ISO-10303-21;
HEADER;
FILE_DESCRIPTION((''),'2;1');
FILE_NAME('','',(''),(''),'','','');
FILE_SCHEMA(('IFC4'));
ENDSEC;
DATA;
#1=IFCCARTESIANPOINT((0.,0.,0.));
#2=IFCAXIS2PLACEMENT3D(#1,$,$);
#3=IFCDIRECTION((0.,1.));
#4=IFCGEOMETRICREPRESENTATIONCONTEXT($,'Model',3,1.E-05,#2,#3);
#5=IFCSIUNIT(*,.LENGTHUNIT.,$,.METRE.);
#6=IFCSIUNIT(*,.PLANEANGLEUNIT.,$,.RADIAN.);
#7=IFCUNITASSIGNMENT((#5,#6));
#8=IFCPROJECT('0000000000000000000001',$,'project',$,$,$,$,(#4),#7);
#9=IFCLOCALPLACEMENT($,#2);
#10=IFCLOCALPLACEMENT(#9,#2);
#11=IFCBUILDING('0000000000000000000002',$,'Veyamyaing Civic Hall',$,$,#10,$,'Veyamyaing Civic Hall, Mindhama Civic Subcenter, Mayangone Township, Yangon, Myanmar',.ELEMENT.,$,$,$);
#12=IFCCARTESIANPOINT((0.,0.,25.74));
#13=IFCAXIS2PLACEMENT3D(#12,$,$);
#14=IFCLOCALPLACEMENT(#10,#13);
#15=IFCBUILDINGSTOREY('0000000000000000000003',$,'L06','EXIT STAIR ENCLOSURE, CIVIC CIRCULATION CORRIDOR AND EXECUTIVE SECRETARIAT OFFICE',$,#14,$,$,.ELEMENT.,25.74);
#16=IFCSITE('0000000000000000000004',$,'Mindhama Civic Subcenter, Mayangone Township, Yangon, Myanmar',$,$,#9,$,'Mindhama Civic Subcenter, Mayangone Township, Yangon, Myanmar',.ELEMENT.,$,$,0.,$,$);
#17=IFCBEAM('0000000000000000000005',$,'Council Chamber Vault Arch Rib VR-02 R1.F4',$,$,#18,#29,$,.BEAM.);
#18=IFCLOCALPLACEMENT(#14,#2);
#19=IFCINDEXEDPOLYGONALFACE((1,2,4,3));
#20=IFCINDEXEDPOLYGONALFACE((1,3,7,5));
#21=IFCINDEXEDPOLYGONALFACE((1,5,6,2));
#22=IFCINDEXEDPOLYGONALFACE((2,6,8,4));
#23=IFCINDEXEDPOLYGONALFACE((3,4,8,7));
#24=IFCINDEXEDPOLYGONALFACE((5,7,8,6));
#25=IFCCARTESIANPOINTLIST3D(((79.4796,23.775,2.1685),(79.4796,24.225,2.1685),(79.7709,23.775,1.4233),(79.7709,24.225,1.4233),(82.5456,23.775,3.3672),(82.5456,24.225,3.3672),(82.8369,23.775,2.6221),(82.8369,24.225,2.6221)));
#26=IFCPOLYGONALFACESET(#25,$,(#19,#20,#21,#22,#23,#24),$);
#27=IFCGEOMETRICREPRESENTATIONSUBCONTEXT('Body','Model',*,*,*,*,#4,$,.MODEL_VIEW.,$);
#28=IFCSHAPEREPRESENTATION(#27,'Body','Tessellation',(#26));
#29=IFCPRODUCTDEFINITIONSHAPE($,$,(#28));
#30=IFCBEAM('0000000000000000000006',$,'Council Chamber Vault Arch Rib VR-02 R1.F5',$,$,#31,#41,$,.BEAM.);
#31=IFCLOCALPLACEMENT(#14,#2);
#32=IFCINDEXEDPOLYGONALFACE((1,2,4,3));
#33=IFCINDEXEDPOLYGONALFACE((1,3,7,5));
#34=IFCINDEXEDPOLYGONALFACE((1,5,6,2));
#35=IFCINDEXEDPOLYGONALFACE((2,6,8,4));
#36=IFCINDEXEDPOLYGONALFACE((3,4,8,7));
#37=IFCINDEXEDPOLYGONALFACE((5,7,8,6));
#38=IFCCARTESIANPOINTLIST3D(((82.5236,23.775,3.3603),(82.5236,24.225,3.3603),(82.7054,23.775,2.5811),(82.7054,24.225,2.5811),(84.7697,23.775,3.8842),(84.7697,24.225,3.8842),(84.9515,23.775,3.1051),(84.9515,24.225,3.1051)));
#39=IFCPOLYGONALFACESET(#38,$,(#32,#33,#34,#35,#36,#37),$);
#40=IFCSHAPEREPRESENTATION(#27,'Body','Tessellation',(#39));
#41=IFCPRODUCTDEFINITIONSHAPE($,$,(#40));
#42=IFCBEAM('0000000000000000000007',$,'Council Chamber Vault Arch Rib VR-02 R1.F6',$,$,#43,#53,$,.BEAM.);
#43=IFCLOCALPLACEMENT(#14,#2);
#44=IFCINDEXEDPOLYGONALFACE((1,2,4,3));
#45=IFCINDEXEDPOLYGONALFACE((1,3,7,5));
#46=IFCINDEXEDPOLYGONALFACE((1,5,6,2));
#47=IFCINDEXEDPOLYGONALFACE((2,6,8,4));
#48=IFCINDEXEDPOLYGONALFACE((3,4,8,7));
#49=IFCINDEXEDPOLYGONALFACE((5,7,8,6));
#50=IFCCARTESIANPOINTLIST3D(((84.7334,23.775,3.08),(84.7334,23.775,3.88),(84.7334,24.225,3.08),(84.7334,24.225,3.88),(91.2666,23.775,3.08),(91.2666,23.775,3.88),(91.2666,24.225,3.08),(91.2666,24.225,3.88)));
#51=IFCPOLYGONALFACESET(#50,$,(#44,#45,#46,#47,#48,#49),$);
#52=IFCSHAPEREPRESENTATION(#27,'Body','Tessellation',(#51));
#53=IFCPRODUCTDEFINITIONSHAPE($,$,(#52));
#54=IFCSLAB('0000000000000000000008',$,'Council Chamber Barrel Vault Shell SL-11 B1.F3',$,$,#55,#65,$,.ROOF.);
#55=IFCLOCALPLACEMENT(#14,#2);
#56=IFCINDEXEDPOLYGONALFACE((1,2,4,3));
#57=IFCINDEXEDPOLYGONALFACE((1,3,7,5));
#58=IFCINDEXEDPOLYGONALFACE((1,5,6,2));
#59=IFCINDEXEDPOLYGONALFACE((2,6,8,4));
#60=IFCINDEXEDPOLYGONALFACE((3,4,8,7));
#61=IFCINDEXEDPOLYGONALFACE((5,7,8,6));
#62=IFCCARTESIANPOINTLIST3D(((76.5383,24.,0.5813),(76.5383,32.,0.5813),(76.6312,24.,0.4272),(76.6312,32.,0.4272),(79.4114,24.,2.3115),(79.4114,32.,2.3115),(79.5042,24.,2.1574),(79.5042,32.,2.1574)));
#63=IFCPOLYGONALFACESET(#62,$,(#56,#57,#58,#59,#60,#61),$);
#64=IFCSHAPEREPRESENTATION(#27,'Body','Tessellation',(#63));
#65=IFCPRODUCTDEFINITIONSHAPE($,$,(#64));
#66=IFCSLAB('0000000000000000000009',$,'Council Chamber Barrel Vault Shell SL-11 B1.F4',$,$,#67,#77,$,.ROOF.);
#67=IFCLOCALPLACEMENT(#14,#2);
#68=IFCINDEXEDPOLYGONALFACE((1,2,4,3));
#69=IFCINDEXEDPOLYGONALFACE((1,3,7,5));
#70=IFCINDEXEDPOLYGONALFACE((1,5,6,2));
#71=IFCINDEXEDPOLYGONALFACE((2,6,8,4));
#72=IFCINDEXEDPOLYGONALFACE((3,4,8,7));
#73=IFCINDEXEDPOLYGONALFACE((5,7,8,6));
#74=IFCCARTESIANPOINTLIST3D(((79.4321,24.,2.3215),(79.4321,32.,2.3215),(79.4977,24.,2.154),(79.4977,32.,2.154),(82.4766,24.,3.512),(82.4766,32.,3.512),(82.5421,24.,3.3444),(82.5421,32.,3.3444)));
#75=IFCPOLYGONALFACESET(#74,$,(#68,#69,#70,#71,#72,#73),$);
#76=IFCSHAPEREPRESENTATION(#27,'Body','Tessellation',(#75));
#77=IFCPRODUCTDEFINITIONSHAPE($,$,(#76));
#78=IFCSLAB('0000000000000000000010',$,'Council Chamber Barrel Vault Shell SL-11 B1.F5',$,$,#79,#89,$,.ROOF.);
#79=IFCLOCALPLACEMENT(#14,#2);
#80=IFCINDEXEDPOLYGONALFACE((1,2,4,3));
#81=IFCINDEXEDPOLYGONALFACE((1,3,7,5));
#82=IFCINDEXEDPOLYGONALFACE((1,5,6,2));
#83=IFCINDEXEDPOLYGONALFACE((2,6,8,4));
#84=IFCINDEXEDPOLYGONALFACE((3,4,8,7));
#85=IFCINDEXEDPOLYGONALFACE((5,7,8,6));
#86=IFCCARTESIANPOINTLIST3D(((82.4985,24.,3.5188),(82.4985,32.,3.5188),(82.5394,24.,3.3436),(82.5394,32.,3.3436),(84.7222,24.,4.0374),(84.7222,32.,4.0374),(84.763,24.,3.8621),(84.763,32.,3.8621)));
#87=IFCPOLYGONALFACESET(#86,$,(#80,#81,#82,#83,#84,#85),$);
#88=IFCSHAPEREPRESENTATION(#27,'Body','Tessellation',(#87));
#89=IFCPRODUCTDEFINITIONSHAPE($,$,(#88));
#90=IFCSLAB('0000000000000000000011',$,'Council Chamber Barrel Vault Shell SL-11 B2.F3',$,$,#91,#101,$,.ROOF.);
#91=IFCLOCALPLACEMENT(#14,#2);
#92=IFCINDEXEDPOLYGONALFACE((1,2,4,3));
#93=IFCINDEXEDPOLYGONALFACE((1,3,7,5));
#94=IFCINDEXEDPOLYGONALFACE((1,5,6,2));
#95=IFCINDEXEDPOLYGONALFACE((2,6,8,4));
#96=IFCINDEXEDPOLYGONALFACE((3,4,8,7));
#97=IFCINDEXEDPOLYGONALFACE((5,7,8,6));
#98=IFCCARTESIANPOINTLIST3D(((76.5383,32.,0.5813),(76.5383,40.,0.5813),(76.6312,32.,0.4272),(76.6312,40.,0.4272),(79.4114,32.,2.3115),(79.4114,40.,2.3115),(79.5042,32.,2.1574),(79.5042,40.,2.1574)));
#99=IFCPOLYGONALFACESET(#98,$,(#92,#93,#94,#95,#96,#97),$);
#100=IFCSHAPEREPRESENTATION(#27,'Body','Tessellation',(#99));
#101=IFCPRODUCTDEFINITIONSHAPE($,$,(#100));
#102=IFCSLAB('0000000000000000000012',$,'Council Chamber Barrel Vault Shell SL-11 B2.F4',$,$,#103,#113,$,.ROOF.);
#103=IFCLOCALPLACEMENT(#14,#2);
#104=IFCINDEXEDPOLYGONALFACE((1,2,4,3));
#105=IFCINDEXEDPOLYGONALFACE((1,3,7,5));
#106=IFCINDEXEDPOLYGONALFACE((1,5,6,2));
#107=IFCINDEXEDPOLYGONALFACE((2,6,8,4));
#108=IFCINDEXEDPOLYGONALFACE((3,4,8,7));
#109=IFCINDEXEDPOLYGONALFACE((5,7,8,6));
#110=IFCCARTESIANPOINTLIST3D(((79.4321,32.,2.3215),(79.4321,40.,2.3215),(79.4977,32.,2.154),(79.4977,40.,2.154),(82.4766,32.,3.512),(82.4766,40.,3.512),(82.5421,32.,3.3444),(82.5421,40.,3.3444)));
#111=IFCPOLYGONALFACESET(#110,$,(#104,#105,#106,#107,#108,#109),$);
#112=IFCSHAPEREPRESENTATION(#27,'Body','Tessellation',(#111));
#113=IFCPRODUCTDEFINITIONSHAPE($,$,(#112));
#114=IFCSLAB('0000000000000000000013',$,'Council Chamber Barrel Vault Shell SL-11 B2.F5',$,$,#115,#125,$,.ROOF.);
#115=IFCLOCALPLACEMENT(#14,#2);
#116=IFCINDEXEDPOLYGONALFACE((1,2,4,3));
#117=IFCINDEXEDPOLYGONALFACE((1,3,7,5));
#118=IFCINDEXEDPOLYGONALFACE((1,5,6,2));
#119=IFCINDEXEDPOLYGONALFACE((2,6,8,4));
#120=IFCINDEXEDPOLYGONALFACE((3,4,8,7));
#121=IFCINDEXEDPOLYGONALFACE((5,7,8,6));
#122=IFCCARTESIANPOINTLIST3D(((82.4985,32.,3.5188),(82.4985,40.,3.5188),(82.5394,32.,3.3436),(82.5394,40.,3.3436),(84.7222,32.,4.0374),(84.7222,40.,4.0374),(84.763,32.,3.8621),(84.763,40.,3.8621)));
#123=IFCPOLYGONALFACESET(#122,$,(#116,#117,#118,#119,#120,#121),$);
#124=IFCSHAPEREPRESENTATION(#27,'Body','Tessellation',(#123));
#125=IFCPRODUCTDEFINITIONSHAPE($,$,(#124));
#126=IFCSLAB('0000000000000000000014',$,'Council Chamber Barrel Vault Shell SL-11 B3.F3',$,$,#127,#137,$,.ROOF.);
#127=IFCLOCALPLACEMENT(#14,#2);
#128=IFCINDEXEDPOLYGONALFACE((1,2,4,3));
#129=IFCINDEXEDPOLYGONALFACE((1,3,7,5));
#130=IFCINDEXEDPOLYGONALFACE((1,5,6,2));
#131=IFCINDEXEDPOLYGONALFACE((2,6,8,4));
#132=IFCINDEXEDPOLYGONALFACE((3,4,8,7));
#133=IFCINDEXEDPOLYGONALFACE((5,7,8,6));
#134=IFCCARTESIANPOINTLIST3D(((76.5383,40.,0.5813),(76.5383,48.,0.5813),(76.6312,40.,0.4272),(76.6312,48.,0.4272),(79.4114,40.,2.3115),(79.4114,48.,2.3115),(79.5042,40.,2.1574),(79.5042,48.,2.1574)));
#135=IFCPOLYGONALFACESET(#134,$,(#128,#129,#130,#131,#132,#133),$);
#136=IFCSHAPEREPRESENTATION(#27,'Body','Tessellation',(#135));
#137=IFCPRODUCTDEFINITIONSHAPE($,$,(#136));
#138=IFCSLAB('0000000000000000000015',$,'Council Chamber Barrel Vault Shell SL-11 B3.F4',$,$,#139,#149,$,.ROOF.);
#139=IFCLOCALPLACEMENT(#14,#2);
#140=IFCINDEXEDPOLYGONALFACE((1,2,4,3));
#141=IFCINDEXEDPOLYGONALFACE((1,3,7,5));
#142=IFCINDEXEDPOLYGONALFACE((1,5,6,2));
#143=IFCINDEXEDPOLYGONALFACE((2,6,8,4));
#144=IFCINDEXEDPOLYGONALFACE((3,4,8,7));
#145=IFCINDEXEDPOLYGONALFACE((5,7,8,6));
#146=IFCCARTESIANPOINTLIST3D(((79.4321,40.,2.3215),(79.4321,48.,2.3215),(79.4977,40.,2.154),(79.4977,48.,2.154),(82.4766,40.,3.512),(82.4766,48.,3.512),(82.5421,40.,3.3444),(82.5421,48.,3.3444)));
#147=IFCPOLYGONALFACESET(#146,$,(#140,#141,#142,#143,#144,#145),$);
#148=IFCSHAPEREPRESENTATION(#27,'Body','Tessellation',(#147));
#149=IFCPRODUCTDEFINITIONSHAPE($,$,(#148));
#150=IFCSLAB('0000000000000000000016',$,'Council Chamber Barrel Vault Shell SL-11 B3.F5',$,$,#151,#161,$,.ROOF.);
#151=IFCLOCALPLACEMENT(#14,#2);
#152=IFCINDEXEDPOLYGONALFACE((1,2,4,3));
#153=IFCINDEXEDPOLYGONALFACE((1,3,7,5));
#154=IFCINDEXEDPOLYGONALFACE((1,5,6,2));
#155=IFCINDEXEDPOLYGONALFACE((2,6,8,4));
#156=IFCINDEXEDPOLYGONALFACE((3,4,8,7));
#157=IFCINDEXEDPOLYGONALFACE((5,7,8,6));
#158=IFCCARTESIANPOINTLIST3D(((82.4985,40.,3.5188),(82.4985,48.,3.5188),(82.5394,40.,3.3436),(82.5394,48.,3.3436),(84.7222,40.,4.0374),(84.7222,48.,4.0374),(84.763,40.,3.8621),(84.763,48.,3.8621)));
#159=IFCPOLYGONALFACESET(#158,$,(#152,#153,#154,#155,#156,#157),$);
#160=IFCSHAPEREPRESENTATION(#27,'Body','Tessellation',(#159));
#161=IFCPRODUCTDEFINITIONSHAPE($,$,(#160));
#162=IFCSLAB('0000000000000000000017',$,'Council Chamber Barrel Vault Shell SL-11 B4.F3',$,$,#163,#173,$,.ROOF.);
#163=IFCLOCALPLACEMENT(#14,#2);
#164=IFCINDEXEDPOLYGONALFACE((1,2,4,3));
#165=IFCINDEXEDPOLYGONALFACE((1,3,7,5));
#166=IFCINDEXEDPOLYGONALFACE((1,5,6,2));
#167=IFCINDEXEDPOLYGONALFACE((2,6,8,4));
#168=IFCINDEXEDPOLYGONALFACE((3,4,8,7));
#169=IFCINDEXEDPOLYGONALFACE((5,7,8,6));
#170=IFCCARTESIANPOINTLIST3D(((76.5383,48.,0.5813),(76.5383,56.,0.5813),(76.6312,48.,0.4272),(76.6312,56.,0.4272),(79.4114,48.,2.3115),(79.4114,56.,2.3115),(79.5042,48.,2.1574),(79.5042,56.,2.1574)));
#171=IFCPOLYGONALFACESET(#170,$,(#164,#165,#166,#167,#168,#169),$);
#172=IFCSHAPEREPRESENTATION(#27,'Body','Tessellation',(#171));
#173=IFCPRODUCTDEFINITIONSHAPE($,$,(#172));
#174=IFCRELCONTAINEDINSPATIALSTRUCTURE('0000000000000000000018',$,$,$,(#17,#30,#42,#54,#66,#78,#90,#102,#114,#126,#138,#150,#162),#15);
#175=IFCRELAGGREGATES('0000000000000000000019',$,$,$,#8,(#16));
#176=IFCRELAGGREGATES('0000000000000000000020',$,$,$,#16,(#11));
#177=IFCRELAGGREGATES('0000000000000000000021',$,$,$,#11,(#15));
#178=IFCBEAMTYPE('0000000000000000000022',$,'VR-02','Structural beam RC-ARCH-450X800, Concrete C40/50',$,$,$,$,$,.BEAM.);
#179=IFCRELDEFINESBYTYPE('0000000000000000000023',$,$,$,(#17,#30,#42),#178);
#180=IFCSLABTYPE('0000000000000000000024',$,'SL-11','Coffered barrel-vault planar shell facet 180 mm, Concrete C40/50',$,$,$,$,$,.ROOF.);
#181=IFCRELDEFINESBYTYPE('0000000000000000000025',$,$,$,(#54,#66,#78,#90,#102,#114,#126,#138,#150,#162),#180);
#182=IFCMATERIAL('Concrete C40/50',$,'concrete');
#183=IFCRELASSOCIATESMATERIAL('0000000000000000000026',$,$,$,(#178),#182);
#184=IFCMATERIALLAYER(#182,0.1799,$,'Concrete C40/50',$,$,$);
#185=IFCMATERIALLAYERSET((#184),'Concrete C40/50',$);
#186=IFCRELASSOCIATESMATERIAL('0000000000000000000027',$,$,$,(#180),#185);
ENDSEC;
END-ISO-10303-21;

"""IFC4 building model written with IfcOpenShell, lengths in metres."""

from ifc_helpers import new_model, si_unit, direction, frame, origin, origin_2d, place, context, subcontext, project, spatial, polyline, rectangle, outline, extrude, material, layer, layer_set, material_profile, profile_set, type_object, element, save


model = new_model("IFC4")

# Units and contexts
model_context = context("Model", 3, precision=1e-05, world=origin(), true_north=direction((0.0, 1.0)))
body_context = subcontext(model_context, "Body", "Model", "MODEL_VIEW")
ifc_project = project(units=[si_unit("LENGTHUNIT", "METRE"), si_unit("PLANEANGLEUNIT", "RADIAN")], contexts=[model_context])

# Site, building, storey
site_placement = place(None, origin())
site = spatial("IfcSite", under=ifc_project, at=site_placement, Name="Mindhama Civic Subcenter, Mayangone Township, Yangon, Myanmar", LongName="Mindhama Civic Subcenter, Mayangone Township, Yangon, Myanmar", CompositionType="ELEMENT", RefElevation=0.0)
building_placement = place(site_placement, origin())
building = spatial("IfcBuilding", under=site, at=building_placement, Name="Veyamyaing Civic Hall", LongName="Veyamyaing Civic Hall, Mindhama Civic Subcenter, Mayangone Township, Yangon, Myanmar", CompositionType="ELEMENT")
storey_placement = place(building_placement, frame((0.0, 0.0, 25.74)))
storey = spatial("IfcBuildingStorey", under=building, at=storey_placement, Name="L06", Description="EXIT STAIR ENCLOSURE, CIVIC CIRCULATION CORRIDOR AND EXECUTIVE SECRETARIAT OFFICE", CompositionType="ELEMENT", Elevation=25.74)

# Beams
ifc_material = material(Name="Concrete C40/50", Category="concrete")
ifc_material_profile_1 = material_profile(ifc_material, rectangle(XDim=0.45, YDim=0.8, at=origin_2d()), Name="RC-ARCH-450X800")
ifc_profile_set_1 = profile_set([ifc_material_profile_1], Name="Concrete C40/50")
beam_type_1 = type_object("IfcBeamType", Name="VR-02", Description="Structural beam RC-ARCH-450X800, Concrete C40/50", PredefinedType="BEAM", material=ifc_profile_set_1)
beam_1_placement = place(storey_placement, frame((79.6252, 24.0, 1.7959), z_axis=(0.931343, 0.0, 0.364142), x_axis=(0.0, 1.0, 0.0)))
element("IfcBeam", 1, at=beam_1_placement, inside=storey, type_object=beam_type_1, Name="Council Chamber Vault Arch Rib VR-02 R1.F4", PredefinedType="BEAM", context=body_context, shape_type="SweptSolid", body=[
    extrude(rectangle(XDim=0.45, YDim=0.8, at=origin_2d()), origin(), (0.0, 0.0, 1.0), 3.292),
])
beam_2_placement = place(storey_placement, frame((82.6145, 24.0, 2.9707), z_axis=(0.973857, 0.0, 0.227163), x_axis=(0.0, 1.0, 0.0)))
element("IfcBeam", 2, at=beam_2_placement, inside=storey, type_object=beam_type_1, Name="Council Chamber Vault Arch Rib VR-02 R1.F5", PredefinedType="BEAM", context=body_context, shape_type="SweptSolid", body=[
    extrude(rectangle(XDim=0.45, YDim=0.8, at=origin_2d()), origin(), (0.0, 0.0, 1.0), 2.3064),
])
beam_3_placement = place(storey_placement, frame((84.7334, 24.0, 3.48), z_axis=(1.0, 0.0, 0.0), x_axis=(0.0, 1.0, 0.0)))
element("IfcBeam", 3, at=beam_3_placement, inside=storey, type_object=beam_type_1, Name="Council Chamber Vault Arch Rib VR-02 R1.F6", PredefinedType="BEAM", context=body_context, shape_type="SweptSolid", body=[
    extrude(rectangle(XDim=0.45, YDim=0.8, at=origin_2d()), origin(), (0.0, 0.0, 1.0), 6.5332),
])

# Slabs
ifc_layer = layer(ifc_material, 0.1799, Name="Concrete C40/50")
ifc_layer_set = layer_set([ifc_layer], Name="Concrete C40/50")
slab_type = type_object("IfcSlabType", Name="SL-11", Description="Coffered barrel-vault planar shell facet 180 mm, Concrete C40/50", PredefinedType="ROOF", material=ifc_layer_set)
slab_1_placement = place(storey_placement, frame((76.5383, 24.0, 0.5813), z_axis=(-0.515897, 0.0, 0.85665), x_axis=(0.85665, 0.0, 0.515897)))
element("IfcSlab", 4, at=slab_1_placement, inside=storey, type_object=slab_type, Name="Council Chamber Barrel Vault Shell SL-11 B1.F3", PredefinedType="ROOF", context=body_context, shape_type="SweptSolid", body=[
    extrude(outline(polyline([(0.0, 0.0), (3.3538, 0.0), (3.3538, 8.0), (0.0, 8.0), (0.0, 0.0)])), origin(), (0.0, 0.0, -1.0), 0.1799),
])
slab_2_placement = place(storey_placement, frame((79.4321, 24.0, 2.3215), z_axis=(-0.364168, 0.0, 0.931333), x_axis=(0.931333, 0.0, 0.364168)))
element("IfcSlab", 5, at=slab_2_placement, inside=storey, type_object=slab_type, Name="Council Chamber Barrel Vault Shell SL-11 B1.F4", PredefinedType="ROOF", context=body_context, shape_type="SweptSolid", body=[
    extrude(outline(polyline([(0.0, 0.0), (3.2689, 0.0), (3.2689, 8.0), (0.0, 8.0), (0.0, 0.0)])), origin(), (0.0, 0.0, -1.0), 0.1799),
])
slab_3_placement = place(storey_placement, frame((82.4985, 24.0, 3.5188), z_axis=(-0.227108, 0.0, 0.97387), x_axis=(0.97387, 0.0, 0.227108)))
element("IfcSlab", 6, at=slab_3_placement, inside=storey, type_object=slab_type, Name="Council Chamber Barrel Vault Shell SL-11 B1.F5", PredefinedType="ROOF", context=body_context, shape_type="SweptSolid", body=[
    extrude(outline(polyline([(0.0, 0.0), (2.2833, 0.0), (2.2833, 8.0), (0.0, 8.0), (0.0, 0.0)])), origin(), (0.0, 0.0, -1.0), 0.1799),
])
slab_4_placement = place(storey_placement, frame((76.5383, 32.0, 0.5813), z_axis=(-0.515897, 0.0, 0.85665), x_axis=(0.85665, 0.0, 0.515897)))
element("IfcSlab", 7, at=slab_4_placement, inside=storey, type_object=slab_type, Name="Council Chamber Barrel Vault Shell SL-11 B2.F3", PredefinedType="ROOF", context=body_context, shape_type="SweptSolid", body=[
    extrude(outline(polyline([(0.0, 0.0), (3.3538, 0.0), (3.3538, 8.0), (0.0, 8.0), (0.0, 0.0)])), origin(), (0.0, 0.0, -1.0), 0.1799),
])
slab_5_placement = place(storey_placement, frame((79.4321, 32.0, 2.3215), z_axis=(-0.364168, 0.0, 0.931333), x_axis=(0.931333, 0.0, 0.364168)))
element("IfcSlab", 8, at=slab_5_placement, inside=storey, type_object=slab_type, Name="Council Chamber Barrel Vault Shell SL-11 B2.F4", PredefinedType="ROOF", context=body_context, shape_type="SweptSolid", body=[
    extrude(outline(polyline([(0.0, 0.0), (3.2689, 0.0), (3.2689, 8.0), (0.0, 8.0), (0.0, 0.0)])), origin(), (0.0, 0.0, -1.0), 0.1799),
])
slab_6_placement = place(storey_placement, frame((82.4985, 32.0, 3.5188), z_axis=(-0.227108, 0.0, 0.97387), x_axis=(0.97387, 0.0, 0.227108)))
element("IfcSlab", 9, at=slab_6_placement, inside=storey, type_object=slab_type, Name="Council Chamber Barrel Vault Shell SL-11 B2.F5", PredefinedType="ROOF", context=body_context, shape_type="SweptSolid", body=[
    extrude(outline(polyline([(0.0, 0.0), (2.2833, 0.0), (2.2833, 8.0), (0.0, 8.0), (0.0, 0.0)])), origin(), (0.0, 0.0, -1.0), 0.1799),
])
slab_7_placement = place(storey_placement, frame((76.5383, 40.0, 0.5813), z_axis=(-0.515897, 0.0, 0.85665), x_axis=(0.85665, 0.0, 0.515897)))
element("IfcSlab", 10, at=slab_7_placement, inside=storey, type_object=slab_type, Name="Council Chamber Barrel Vault Shell SL-11 B3.F3", PredefinedType="ROOF", context=body_context, shape_type="SweptSolid", body=[
    extrude(outline(polyline([(0.0, 0.0), (3.3538, 0.0), (3.3538, 8.0), (0.0, 8.0), (0.0, 0.0)])), origin(), (0.0, 0.0, -1.0), 0.1799),
])
slab_8_placement = place(storey_placement, frame((79.4321, 40.0, 2.3215), z_axis=(-0.364168, 0.0, 0.931333), x_axis=(0.931333, 0.0, 0.364168)))
element("IfcSlab", 11, at=slab_8_placement, inside=storey, type_object=slab_type, Name="Council Chamber Barrel Vault Shell SL-11 B3.F4", PredefinedType="ROOF", context=body_context, shape_type="SweptSolid", body=[
    extrude(outline(polyline([(0.0, 0.0), (3.2689, 0.0), (3.2689, 8.0), (0.0, 8.0), (0.0, 0.0)])), origin(), (0.0, 0.0, -1.0), 0.1799),
])
slab_9_placement = place(storey_placement, frame((82.4985, 40.0, 3.5188), z_axis=(-0.227108, 0.0, 0.97387), x_axis=(0.97387, 0.0, 0.227108)))
element("IfcSlab", 12, at=slab_9_placement, inside=storey, type_object=slab_type, Name="Council Chamber Barrel Vault Shell SL-11 B3.F5", PredefinedType="ROOF", context=body_context, shape_type="SweptSolid", body=[
    extrude(outline(polyline([(0.0, 0.0), (2.2833, 0.0), (2.2833, 8.0), (0.0, 8.0), (0.0, 0.0)])), origin(), (0.0, 0.0, -1.0), 0.1799),
])
slab_10_placement = place(storey_placement, frame((76.5383, 48.0, 0.5813), z_axis=(-0.515897, 0.0, 0.85665), x_axis=(0.85665, 0.0, 0.515897)))
element("IfcSlab", 13, at=slab_10_placement, inside=storey, type_object=slab_type, Name="Council Chamber Barrel Vault Shell SL-11 B4.F3", PredefinedType="ROOF", context=body_context, shape_type="SweptSolid", body=[
    extrude(outline(polyline([(0.0, 0.0), (3.3538, 0.0), (3.3538, 8.0), (0.0, 8.0), (0.0, 0.0)])), origin(), (0.0, 0.0, -1.0), 0.1799),
])

save(model, "model.ifc")
